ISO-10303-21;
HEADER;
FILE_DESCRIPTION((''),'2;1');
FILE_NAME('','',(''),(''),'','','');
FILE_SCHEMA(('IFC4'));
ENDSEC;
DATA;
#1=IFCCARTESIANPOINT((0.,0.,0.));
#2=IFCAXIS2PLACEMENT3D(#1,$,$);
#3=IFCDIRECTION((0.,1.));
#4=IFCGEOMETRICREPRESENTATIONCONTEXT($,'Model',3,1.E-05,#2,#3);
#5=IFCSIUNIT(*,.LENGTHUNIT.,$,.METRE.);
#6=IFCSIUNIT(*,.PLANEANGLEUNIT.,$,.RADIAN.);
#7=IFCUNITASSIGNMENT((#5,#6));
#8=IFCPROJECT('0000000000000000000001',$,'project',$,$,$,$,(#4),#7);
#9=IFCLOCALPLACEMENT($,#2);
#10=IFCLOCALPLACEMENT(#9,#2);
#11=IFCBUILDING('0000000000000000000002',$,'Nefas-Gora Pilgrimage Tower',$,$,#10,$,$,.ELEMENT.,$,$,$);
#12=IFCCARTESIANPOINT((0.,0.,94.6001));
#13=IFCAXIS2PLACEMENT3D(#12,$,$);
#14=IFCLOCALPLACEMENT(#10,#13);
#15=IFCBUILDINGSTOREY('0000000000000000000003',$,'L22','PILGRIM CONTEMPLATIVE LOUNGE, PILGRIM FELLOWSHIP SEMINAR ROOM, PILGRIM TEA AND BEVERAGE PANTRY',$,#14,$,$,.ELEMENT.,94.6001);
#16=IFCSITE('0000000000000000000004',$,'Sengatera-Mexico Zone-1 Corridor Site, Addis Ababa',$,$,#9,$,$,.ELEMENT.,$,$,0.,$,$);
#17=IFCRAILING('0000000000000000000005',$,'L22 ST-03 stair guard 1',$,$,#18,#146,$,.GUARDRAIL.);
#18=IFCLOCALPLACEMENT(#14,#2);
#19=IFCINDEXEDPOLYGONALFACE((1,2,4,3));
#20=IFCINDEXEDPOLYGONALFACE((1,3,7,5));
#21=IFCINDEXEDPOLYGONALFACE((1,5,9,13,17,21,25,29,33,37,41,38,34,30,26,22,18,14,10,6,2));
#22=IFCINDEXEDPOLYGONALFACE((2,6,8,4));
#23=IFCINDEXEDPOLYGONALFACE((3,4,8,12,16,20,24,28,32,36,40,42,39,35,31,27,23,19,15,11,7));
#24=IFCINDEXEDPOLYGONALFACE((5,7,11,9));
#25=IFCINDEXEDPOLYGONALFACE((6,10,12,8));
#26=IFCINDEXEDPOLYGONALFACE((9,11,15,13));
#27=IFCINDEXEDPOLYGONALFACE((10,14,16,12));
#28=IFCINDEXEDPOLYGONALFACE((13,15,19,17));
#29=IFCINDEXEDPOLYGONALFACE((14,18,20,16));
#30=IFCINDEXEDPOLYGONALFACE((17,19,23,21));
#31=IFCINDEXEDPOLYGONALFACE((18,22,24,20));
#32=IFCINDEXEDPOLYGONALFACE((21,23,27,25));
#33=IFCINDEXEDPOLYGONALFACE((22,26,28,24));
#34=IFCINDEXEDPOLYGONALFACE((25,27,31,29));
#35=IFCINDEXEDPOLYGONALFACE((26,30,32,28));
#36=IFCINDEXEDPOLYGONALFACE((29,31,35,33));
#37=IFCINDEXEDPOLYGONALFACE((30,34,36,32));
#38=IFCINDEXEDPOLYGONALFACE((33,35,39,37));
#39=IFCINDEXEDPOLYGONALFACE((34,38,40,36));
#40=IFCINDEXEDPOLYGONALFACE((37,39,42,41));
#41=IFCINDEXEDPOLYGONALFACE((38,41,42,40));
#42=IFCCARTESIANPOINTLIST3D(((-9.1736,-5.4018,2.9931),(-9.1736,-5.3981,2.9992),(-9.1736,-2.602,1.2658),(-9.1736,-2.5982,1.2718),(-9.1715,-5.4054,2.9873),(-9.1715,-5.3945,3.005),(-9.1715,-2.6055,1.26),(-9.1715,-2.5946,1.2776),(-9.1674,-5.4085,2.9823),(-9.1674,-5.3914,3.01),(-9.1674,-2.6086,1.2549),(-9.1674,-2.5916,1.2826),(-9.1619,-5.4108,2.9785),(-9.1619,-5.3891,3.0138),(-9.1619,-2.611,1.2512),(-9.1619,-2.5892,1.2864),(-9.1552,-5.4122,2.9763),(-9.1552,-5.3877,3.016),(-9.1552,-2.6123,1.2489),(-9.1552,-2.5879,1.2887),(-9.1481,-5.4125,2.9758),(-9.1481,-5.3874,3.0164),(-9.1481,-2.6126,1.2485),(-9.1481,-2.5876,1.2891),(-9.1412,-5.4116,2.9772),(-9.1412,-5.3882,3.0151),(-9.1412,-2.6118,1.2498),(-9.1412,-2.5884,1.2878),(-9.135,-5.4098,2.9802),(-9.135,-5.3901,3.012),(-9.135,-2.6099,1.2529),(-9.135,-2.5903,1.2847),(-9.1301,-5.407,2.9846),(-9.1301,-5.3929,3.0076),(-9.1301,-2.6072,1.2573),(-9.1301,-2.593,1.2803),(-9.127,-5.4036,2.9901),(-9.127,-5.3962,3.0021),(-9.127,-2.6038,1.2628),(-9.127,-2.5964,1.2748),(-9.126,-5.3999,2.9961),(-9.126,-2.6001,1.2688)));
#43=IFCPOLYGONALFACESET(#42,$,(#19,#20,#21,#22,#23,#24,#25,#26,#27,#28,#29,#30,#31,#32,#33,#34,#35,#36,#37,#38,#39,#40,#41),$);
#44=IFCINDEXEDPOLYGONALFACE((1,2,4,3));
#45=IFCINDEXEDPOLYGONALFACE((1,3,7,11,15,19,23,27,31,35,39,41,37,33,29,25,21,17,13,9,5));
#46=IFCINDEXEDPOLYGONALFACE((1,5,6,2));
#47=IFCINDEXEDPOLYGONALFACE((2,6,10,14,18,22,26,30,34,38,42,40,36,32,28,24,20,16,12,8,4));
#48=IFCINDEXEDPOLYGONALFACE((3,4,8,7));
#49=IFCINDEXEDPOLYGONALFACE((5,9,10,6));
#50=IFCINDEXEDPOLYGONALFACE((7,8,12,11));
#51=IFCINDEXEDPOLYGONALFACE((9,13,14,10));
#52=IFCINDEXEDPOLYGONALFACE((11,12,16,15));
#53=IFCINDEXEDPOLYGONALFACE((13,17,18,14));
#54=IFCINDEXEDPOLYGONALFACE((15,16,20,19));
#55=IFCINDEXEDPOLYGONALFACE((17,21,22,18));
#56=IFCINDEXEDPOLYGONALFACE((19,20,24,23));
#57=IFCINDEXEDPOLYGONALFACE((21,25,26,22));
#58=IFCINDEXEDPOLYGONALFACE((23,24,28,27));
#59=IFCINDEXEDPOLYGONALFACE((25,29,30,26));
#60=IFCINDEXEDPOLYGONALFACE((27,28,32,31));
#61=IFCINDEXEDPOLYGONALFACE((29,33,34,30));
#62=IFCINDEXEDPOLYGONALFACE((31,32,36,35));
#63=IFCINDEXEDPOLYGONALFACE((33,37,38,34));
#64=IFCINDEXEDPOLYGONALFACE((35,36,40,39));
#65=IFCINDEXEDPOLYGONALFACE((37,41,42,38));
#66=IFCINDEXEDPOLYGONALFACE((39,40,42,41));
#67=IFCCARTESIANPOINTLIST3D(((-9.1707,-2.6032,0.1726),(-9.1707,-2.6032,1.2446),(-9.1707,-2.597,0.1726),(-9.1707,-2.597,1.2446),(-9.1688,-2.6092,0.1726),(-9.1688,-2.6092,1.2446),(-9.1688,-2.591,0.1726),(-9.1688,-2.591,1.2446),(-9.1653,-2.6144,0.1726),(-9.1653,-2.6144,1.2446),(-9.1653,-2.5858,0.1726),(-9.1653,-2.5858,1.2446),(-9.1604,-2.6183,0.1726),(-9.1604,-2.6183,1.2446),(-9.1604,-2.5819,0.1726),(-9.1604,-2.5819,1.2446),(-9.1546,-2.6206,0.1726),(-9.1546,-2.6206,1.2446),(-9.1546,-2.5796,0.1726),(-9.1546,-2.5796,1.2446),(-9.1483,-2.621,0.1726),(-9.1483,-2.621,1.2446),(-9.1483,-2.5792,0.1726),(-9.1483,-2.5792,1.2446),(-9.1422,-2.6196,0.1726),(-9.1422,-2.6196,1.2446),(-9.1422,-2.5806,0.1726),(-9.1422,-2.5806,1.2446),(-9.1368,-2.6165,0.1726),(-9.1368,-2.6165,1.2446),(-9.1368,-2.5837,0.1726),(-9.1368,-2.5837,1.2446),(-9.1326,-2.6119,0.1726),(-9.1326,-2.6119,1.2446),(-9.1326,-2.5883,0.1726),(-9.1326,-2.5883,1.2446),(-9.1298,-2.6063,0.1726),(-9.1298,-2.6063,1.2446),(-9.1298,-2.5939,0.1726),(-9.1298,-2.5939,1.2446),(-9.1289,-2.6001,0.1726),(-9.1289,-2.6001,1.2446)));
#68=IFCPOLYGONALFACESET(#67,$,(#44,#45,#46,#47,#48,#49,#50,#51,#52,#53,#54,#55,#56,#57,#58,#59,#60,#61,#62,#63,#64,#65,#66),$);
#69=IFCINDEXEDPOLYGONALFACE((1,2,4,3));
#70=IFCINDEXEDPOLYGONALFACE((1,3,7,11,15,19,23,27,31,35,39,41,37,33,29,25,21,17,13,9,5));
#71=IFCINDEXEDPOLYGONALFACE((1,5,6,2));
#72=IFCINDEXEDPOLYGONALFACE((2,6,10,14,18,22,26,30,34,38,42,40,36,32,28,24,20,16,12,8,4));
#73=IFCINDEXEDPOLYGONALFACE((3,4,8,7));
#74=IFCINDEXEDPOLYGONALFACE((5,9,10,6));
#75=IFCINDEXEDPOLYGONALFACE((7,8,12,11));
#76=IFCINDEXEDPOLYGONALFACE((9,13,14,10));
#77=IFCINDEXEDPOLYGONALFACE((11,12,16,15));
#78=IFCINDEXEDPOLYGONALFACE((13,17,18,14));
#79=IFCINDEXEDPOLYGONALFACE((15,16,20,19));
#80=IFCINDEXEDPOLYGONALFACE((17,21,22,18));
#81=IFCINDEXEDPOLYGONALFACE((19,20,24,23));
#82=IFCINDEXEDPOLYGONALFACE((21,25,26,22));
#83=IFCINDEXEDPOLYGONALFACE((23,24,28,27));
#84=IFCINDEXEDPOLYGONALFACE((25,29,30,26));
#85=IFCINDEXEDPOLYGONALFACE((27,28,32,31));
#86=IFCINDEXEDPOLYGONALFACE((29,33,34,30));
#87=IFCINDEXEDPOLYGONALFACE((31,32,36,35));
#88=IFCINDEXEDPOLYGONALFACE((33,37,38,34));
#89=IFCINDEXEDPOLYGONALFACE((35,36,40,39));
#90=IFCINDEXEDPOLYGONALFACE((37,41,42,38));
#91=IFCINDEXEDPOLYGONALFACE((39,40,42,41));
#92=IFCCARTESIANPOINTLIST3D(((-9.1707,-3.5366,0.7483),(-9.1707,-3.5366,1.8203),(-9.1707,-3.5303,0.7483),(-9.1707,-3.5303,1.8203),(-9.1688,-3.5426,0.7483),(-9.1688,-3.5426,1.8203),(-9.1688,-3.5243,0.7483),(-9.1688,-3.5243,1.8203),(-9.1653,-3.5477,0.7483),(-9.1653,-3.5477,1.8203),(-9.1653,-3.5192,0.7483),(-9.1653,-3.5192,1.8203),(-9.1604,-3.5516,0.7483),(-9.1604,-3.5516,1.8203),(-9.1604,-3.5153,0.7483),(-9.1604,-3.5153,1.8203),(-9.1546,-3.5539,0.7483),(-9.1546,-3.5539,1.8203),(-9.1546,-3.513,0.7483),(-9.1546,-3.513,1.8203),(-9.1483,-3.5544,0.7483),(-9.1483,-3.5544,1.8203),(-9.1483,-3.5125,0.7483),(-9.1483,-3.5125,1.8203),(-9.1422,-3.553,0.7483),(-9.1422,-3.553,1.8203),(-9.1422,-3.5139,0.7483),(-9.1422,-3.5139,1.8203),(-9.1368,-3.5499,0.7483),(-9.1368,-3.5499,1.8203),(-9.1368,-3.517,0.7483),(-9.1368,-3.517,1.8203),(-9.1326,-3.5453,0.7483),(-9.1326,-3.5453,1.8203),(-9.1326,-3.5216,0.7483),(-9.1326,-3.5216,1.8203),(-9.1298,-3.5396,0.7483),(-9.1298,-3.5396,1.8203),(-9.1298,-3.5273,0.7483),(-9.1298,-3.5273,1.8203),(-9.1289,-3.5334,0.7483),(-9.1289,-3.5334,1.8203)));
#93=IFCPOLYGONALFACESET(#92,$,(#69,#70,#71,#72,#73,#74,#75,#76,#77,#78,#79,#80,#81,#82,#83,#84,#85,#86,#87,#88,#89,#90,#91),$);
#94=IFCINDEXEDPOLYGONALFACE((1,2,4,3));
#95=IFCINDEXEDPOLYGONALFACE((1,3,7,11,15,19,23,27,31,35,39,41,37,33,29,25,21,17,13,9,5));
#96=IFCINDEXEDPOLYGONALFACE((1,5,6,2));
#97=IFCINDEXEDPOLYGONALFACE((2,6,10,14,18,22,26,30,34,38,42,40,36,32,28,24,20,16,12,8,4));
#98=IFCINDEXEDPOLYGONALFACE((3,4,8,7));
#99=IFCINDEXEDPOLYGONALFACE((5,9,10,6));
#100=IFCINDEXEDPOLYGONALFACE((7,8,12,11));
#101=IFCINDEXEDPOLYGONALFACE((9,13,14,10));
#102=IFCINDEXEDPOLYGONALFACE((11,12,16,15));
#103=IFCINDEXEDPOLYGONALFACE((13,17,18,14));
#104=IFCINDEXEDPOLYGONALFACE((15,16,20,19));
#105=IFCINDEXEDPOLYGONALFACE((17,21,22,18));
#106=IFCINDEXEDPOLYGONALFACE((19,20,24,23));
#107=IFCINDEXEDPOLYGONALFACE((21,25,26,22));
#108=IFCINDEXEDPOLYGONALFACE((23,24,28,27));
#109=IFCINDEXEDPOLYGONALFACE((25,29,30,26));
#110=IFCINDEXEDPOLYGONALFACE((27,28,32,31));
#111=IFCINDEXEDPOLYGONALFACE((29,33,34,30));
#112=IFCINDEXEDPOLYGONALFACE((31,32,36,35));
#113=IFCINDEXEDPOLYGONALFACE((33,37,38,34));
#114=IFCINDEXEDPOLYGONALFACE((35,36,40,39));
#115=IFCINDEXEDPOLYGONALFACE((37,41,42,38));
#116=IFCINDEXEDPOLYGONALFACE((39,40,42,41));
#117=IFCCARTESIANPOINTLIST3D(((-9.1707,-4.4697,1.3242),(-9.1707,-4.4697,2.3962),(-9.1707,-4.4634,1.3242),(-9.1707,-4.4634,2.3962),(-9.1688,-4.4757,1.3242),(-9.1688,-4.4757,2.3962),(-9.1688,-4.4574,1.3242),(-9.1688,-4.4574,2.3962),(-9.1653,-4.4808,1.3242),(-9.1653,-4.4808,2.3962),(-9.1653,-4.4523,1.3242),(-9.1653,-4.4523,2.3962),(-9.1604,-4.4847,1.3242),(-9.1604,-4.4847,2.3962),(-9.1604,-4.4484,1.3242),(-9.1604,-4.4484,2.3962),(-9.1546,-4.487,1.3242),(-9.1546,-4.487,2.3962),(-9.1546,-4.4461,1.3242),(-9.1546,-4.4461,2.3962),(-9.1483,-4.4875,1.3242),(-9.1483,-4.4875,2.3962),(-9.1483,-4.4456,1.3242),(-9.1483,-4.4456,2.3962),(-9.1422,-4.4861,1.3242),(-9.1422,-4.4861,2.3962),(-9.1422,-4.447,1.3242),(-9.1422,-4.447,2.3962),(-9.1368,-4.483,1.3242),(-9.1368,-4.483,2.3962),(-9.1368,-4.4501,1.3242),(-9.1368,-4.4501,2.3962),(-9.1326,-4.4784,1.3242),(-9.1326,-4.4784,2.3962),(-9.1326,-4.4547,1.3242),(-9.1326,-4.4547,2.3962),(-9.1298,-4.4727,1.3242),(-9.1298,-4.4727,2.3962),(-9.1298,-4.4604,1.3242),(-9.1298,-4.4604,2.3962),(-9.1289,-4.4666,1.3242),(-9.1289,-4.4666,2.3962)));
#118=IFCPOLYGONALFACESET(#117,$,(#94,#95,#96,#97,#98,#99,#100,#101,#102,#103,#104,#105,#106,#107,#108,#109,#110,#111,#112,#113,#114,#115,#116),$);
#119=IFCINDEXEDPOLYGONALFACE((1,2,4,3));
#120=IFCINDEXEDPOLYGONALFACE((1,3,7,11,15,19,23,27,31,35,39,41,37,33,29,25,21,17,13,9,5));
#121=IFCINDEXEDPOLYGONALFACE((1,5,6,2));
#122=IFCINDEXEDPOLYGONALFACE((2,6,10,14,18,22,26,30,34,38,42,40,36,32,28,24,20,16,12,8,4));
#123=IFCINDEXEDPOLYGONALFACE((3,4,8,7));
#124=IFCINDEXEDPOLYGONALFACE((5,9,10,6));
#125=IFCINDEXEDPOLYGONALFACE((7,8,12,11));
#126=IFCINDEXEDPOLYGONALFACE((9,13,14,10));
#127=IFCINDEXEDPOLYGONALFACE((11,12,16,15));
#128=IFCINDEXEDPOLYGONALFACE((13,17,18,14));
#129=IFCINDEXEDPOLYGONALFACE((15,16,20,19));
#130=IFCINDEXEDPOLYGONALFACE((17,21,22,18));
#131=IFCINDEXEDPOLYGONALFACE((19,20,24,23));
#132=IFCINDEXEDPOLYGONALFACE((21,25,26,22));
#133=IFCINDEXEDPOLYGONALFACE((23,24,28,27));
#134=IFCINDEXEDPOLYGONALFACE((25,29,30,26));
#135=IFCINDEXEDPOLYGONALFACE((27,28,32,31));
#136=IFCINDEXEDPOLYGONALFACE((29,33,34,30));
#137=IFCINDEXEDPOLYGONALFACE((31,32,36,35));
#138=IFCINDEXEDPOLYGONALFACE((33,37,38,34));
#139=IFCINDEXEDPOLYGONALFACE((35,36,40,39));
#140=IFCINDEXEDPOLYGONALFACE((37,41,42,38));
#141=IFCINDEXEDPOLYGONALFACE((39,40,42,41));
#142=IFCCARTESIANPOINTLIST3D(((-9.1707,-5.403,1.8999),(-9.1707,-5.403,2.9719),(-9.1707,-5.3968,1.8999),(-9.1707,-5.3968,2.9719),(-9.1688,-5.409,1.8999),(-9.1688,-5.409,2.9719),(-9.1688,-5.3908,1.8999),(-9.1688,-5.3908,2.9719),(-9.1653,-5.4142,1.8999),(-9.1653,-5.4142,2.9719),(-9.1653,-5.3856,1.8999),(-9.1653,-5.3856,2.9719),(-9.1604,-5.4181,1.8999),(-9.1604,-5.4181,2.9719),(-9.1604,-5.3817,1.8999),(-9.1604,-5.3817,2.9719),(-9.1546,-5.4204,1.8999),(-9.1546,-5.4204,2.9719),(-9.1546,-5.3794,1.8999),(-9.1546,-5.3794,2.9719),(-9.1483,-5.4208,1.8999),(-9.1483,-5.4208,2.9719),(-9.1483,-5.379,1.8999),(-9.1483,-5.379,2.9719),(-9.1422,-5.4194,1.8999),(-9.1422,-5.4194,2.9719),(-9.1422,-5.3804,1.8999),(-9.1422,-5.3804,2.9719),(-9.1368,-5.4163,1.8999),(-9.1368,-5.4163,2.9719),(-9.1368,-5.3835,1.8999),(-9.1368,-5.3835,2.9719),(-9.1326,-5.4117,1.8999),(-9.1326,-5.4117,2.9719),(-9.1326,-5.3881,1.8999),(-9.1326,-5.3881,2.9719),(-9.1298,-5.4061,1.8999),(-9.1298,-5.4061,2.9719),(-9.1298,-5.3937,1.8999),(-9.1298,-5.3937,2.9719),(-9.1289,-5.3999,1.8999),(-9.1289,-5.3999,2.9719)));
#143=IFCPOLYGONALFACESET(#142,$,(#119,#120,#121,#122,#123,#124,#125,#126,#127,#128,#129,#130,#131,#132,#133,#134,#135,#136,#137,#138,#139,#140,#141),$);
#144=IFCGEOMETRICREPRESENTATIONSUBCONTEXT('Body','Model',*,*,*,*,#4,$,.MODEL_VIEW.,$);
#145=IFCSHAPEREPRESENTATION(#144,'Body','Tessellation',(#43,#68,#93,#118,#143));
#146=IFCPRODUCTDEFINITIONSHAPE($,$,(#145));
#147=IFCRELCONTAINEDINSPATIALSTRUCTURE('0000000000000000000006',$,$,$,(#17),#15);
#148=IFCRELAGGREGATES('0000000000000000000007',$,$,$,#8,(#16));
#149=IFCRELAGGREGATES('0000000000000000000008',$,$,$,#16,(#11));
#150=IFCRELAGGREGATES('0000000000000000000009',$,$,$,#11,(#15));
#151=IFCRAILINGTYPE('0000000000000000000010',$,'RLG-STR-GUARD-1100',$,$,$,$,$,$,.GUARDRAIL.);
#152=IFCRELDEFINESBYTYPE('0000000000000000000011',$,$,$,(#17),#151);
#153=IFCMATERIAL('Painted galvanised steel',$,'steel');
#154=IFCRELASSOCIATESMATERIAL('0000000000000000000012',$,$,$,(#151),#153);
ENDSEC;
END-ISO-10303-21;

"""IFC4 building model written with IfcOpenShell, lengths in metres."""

from ifc_helpers import new_model, si_unit, direction, frame, origin, origin_2d, place, context, subcontext, project, spatial, circle, extrude, material, type_object, element, save


model = new_model("IFC4")

# Units and contexts
model_context = context("Model", 3, precision=1e-05, world=origin(), true_north=direction((0.0, 1.0)))
body_context = subcontext(model_context, "Body", "Model", "MODEL_VIEW")
ifc_project = project(units=[si_unit("LENGTHUNIT", "METRE"), si_unit("PLANEANGLEUNIT", "RADIAN")], contexts=[model_context])

# Site, building, storey
site_placement = place(None, origin())
site = spatial("IfcSite", under=ifc_project, at=site_placement, Name="Sengatera-Mexico Zone-1 Corridor Site, Addis Ababa", CompositionType="ELEMENT", RefElevation=0.0)
building_placement = place(site_placement, origin())
building = spatial("IfcBuilding", under=site, at=building_placement, Name="Nefas-Gora Pilgrimage Tower", CompositionType="ELEMENT")
storey_placement = place(building_placement, frame((0.0, 0.0, 94.6001)))
storey = spatial("IfcBuildingStorey", under=building, at=storey_placement, Name="L22", Description="PILGRIM CONTEMPLATIVE LOUNGE, PILGRIM FELLOWSHIP SEMINAR ROOM, PILGRIM TEA AND BEVERAGE PANTRY", CompositionType="ELEMENT", Elevation=94.6001)

# Railing
ifc_material_1 = material(Name="Painted galvanised steel", Category="steel")
railing_type_1 = type_object("IfcRailingType", Name="RLG-STR-GUARD-1100", PredefinedType="GUARDRAIL", material=ifc_material_1)
railing_1_placement = place(storey_placement, frame((-9.1499, -2.6001, 0.1726)))
element("IfcRailing", 1, at=railing_1_placement, inside=storey, type_object=railing_type_1, Name="L22 ST-03 stair guard 1", PredefinedType="GUARDRAIL", context=body_context, shape_type="SweptSolid", body=[
    extrude(circle(Radius=0.0239, at=origin_2d()), frame((0.0, 0.0, 1.0962), z_axis=(0.0, -0.851069, 0.525054), x_axis=(1.0, 0.0, 0.0)), (0.0, 0.0, 1.0), 3.2898),
    extrude(circle(Radius=0.021, at=origin_2d()), origin(), (0.0, 0.0, 1.0), 1.072),
    extrude(circle(Radius=0.021, at=origin_2d()), frame((0.0, -0.9333, 0.5757)), (0.0, 0.0, 1.0), 1.072),
    extrude(circle(Radius=0.021, at=origin_2d()), frame((0.0, -1.8665, 1.1516)), (0.0, 0.0, 1.0), 1.072),
    extrude(circle(Radius=0.021, at=origin_2d()), frame((0.0, -2.7998, 1.7273)), (0.0, 0.0, 1.0), 1.072),
])

save(model, "model.ifc")
